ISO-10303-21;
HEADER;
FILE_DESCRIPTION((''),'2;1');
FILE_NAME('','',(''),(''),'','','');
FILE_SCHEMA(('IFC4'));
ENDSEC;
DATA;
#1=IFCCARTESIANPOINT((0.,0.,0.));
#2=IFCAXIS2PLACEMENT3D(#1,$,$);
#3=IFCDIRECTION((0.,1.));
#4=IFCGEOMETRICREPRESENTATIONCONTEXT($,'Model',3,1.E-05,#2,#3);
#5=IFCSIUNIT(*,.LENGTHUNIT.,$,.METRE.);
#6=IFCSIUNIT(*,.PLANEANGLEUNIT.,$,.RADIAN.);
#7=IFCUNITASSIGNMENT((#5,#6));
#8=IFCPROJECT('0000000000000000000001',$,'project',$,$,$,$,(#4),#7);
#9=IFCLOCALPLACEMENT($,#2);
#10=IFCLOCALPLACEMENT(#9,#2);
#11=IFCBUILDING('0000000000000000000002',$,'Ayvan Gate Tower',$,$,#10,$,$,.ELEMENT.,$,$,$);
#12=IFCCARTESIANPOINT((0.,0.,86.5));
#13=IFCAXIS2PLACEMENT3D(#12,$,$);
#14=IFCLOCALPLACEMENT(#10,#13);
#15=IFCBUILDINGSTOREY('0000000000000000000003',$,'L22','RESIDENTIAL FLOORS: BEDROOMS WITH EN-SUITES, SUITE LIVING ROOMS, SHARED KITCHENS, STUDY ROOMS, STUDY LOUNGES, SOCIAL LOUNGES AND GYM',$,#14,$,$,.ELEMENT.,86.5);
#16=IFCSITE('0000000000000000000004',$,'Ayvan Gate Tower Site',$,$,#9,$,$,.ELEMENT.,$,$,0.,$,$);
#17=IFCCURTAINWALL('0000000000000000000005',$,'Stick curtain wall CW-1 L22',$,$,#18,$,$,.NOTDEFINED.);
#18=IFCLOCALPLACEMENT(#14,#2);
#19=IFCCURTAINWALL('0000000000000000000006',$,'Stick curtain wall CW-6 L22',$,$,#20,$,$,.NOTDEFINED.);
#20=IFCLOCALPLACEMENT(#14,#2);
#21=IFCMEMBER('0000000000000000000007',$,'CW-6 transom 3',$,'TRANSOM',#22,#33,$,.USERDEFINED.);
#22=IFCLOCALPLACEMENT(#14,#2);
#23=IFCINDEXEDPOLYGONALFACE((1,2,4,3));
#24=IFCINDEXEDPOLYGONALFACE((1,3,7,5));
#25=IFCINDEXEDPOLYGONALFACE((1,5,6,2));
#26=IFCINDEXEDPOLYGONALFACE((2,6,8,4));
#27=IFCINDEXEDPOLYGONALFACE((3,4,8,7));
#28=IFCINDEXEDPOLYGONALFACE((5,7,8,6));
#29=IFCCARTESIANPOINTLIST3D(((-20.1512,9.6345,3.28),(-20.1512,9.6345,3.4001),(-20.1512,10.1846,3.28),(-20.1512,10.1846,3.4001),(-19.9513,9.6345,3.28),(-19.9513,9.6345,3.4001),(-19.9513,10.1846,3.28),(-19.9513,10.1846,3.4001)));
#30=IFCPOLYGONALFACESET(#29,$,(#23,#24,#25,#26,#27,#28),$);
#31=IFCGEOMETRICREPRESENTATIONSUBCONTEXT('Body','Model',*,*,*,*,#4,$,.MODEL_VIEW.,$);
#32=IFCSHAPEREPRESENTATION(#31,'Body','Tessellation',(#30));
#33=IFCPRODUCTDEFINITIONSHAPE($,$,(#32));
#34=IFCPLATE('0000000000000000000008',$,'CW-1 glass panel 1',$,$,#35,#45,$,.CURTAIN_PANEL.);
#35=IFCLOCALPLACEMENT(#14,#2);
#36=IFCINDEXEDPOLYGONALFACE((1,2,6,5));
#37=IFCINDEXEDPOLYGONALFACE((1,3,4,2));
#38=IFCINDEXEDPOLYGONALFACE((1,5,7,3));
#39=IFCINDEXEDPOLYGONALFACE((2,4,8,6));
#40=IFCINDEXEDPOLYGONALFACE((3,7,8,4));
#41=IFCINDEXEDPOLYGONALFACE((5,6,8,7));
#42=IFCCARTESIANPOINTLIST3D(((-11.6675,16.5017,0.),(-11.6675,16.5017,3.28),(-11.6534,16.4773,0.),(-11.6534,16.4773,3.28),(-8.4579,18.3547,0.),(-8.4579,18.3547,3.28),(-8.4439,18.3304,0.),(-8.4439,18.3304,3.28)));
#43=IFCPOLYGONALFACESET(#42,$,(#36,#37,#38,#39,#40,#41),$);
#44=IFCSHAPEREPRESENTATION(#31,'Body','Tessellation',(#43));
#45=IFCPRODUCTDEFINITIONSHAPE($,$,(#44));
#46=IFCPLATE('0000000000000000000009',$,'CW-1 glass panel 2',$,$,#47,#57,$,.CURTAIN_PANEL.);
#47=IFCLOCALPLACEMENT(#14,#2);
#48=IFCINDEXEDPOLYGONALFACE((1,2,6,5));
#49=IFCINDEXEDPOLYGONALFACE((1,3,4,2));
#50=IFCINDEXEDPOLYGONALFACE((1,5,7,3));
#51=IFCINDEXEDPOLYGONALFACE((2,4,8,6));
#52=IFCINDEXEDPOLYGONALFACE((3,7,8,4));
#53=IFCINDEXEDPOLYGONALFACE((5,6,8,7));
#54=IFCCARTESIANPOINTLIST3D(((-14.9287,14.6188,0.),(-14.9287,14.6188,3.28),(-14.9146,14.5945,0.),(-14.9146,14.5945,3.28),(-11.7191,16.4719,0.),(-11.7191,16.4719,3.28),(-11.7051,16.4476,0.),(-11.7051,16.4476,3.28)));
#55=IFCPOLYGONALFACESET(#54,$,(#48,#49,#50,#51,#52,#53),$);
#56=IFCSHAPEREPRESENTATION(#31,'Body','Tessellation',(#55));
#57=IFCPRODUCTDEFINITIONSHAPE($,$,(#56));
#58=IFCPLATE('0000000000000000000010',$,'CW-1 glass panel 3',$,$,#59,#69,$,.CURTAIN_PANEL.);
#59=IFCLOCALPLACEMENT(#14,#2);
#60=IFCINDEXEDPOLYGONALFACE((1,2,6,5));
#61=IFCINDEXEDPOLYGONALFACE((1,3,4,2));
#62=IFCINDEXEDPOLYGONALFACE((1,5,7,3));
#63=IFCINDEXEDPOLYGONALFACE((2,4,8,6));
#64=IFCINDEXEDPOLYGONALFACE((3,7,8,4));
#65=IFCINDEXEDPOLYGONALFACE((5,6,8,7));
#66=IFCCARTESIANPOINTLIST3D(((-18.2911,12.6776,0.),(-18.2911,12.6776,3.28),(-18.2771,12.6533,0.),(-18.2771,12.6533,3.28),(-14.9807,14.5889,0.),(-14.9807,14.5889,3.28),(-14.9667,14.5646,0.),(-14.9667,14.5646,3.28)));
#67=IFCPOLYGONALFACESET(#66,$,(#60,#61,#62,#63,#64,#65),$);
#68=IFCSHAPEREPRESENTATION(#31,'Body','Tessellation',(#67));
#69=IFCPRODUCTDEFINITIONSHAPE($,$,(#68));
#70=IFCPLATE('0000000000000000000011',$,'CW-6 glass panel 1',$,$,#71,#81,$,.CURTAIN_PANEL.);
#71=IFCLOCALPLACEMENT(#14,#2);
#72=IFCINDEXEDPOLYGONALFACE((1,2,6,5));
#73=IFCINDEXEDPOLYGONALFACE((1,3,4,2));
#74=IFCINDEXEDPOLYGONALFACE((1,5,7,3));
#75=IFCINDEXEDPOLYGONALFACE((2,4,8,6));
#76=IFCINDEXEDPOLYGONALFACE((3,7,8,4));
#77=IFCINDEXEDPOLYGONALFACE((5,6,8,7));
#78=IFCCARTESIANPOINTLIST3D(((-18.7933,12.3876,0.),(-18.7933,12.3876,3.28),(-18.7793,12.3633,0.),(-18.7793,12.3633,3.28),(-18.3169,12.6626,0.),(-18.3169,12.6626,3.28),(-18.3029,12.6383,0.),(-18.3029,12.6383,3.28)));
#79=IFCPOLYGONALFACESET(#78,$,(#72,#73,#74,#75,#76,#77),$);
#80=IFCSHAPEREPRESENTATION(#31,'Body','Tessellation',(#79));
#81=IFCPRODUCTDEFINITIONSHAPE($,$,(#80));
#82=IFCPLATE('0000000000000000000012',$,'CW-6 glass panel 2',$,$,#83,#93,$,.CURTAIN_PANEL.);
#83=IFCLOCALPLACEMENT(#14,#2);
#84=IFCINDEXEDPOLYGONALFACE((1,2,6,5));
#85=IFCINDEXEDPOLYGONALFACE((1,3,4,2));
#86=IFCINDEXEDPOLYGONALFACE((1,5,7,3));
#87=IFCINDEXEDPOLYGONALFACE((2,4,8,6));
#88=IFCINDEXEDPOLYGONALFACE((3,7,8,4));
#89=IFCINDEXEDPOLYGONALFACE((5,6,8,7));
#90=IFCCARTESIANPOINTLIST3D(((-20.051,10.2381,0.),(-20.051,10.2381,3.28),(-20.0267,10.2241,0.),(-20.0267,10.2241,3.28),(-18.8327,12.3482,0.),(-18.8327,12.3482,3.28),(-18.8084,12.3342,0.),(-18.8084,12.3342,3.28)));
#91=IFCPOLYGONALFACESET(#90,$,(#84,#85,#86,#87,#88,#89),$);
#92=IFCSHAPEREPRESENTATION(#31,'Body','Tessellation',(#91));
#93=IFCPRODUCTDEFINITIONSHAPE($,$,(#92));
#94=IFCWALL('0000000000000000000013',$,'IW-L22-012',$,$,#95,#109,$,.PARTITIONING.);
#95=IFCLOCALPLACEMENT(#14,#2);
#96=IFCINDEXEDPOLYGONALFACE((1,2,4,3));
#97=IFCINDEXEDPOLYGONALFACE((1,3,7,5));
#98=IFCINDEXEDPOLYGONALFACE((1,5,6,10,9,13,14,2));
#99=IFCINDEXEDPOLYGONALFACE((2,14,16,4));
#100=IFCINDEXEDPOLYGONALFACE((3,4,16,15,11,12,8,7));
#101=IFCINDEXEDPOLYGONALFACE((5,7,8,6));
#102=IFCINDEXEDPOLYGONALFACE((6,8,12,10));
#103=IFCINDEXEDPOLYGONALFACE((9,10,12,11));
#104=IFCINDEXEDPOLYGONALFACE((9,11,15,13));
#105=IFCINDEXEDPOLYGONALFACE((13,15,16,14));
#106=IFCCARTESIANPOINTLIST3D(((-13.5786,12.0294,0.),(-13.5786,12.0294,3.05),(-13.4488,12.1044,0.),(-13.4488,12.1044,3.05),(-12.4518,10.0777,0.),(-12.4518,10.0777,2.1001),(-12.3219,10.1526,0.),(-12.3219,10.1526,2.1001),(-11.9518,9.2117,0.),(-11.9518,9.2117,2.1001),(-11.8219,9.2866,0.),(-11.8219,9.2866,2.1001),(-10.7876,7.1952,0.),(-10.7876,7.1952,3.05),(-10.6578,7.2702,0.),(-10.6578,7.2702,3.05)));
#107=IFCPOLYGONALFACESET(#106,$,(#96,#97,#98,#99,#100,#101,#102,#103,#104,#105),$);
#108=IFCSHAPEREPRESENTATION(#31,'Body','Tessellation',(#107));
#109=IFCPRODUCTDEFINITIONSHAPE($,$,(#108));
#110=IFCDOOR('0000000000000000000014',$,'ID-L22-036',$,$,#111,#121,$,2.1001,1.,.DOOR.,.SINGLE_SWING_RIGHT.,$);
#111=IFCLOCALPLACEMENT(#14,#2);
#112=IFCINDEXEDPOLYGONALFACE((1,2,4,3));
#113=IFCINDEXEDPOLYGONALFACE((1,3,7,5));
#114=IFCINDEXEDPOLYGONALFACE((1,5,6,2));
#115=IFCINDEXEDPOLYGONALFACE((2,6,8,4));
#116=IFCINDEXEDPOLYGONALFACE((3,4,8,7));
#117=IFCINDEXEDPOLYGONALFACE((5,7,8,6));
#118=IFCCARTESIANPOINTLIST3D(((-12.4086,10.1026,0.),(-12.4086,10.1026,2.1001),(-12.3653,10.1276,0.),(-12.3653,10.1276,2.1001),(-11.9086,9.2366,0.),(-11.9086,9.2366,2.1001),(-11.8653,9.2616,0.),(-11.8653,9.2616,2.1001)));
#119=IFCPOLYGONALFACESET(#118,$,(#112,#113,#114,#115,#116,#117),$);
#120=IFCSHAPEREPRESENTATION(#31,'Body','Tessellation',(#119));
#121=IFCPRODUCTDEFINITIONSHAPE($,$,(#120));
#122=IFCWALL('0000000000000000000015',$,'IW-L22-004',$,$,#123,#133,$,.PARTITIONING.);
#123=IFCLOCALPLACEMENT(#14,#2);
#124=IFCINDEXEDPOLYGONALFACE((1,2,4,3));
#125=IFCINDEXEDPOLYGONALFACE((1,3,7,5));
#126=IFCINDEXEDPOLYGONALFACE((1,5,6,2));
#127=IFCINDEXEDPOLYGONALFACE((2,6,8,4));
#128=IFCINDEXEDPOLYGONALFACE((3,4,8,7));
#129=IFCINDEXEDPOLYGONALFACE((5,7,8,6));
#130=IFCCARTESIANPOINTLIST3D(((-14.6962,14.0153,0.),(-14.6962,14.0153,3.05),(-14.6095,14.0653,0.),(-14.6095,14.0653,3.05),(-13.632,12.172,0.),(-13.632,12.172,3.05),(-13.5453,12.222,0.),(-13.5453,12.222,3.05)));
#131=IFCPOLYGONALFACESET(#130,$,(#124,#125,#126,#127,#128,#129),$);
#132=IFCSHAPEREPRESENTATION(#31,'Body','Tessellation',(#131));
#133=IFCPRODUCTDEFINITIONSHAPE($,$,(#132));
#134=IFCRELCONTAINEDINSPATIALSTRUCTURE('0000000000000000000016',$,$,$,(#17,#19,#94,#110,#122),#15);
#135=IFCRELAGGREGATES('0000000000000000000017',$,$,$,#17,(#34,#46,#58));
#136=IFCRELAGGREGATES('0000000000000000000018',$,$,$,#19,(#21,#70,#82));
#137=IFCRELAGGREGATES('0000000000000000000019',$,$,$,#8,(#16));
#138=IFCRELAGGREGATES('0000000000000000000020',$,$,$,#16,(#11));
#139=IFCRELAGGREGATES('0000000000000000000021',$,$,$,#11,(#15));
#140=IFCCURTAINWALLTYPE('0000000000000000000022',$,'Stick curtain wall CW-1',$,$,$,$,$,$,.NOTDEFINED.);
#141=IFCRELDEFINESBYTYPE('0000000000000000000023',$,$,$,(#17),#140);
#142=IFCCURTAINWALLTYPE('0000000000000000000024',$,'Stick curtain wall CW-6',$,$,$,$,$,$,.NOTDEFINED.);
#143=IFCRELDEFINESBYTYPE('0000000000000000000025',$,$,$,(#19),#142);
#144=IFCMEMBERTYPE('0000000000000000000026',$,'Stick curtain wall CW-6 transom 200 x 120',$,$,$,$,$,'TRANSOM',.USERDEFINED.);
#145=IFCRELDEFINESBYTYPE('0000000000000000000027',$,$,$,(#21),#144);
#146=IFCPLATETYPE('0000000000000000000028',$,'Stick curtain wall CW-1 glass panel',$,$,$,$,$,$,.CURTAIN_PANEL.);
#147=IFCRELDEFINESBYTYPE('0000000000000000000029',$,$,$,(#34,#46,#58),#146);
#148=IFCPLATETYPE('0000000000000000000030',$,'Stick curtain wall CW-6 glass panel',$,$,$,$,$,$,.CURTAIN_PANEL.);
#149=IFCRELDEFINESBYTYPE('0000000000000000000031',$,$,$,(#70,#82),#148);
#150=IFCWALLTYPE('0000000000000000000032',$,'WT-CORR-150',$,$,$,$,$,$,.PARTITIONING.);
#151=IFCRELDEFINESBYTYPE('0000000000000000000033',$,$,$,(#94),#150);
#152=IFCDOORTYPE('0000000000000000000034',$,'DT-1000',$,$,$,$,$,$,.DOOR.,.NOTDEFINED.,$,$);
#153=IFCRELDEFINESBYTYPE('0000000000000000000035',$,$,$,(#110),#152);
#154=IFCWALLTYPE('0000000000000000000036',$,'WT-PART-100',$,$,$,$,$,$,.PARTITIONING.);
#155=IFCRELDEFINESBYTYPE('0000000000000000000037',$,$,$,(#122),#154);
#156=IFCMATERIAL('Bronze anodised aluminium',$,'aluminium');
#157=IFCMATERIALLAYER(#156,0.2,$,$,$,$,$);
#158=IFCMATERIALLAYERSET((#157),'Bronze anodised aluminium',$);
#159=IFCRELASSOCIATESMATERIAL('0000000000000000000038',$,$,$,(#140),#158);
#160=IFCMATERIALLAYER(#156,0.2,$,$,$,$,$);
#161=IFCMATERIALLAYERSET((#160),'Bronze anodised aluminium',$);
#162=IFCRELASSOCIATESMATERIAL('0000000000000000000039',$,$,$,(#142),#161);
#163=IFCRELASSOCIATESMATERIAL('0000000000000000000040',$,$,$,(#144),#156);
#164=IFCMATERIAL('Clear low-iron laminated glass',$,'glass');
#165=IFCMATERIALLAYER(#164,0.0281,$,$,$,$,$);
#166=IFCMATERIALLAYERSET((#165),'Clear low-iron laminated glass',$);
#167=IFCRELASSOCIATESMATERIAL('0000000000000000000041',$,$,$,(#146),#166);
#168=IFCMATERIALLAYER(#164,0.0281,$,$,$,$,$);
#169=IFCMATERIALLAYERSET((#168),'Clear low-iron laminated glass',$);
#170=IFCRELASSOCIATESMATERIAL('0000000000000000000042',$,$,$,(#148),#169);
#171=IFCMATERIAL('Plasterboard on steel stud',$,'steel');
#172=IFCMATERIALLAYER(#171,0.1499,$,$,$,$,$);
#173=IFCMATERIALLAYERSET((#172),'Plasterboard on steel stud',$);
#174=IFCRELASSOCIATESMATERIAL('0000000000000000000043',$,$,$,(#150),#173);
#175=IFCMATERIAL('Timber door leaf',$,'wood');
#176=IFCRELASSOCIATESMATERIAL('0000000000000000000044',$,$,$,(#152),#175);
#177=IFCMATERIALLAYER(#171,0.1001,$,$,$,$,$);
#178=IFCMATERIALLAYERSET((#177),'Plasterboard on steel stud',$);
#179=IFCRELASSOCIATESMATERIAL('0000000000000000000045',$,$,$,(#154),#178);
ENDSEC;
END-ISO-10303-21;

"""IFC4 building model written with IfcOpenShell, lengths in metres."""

from ifc_helpers import new_model, si_unit, direction, frame, frame_2d, origin, origin_2d, place, context, subcontext, project, spatial, rectangle, extrude, material, layer, layer_set, material_profile, profile_set, type_object, element, fill, aggregate, save


model = new_model("IFC4")

# Units and contexts
model_context = context("Model", 3, precision=1e-05, world=origin(), true_north=direction((0.0, 1.0)))
body_context = subcontext(model_context, "Body", "Model", "MODEL_VIEW")
ifc_project = project(units=[si_unit("LENGTHUNIT", "METRE"), si_unit("PLANEANGLEUNIT", "RADIAN")], contexts=[model_context])

# Site, building, storey
site_placement = place(None, origin())
site = spatial("IfcSite", under=ifc_project, at=site_placement, Name="Ayvan Gate Tower Site", CompositionType="ELEMENT", RefElevation=0.0)
building_placement = place(site_placement, origin())
building = spatial("IfcBuilding", under=site, at=building_placement, Name="Ayvan Gate Tower", CompositionType="ELEMENT")
storey_placement = place(building_placement, frame((0.0, 0.0, 86.5)))
storey = spatial("IfcBuildingStorey", under=building, at=storey_placement, Name="L22", Description="RESIDENTIAL FLOORS: BEDROOMS WITH EN-SUITES, SUITE LIVING ROOMS, SHARED KITCHENS, STUDY ROOMS, STUDY LOUNGES, SOCIAL LOUNGES AND GYM", CompositionType="ELEMENT", Elevation=86.5)

# Curtain walls, member
ifc_material_1 = material(Name="Bronze anodised aluminium", Category="aluminium")
ifc_layer_1 = layer(ifc_material_1, 0.2)
ifc_layer_set_1 = layer_set([ifc_layer_1], Name="Bronze anodised aluminium")
curtain_wall_type_1 = type_object("IfcCurtainWallType", Name="Stick curtain wall CW-1", PredefinedType="NOTDEFINED", material=ifc_layer_set_1)
curtain_wall_1_placement = place(storey_placement, origin())
curtain_wall_1 = element("IfcCurtainWall", 1, at=curtain_wall_1_placement, inside=storey, type_object=curtain_wall_type_1, Name="Stick curtain wall CW-1 L22", PredefinedType="NOTDEFINED")
ifc_layer_2 = layer(ifc_material_1, 0.2)
ifc_layer_set_2 = layer_set([ifc_layer_2], Name="Bronze anodised aluminium")
curtain_wall_type_2 = type_object("IfcCurtainWallType", Name="Stick curtain wall CW-6", PredefinedType="NOTDEFINED", material=ifc_layer_set_2)
curtain_wall_2_placement = place(storey_placement, origin())
curtain_wall_2 = element("IfcCurtainWall", 2, at=curtain_wall_2_placement, inside=storey, type_object=curtain_wall_type_2, Name="Stick curtain wall CW-6 L22", PredefinedType="NOTDEFINED")
ifc_material_profile_1 = material_profile(ifc_material_1, rectangle(XDim=0.2, YDim=0.1201, at=origin_2d()), Name="Stick curtain wall CW-6 transom 200 x 120")
ifc_profile_set_1 = profile_set([ifc_material_profile_1], Name="Bronze anodised aluminium")
member_type_1 = type_object("IfcMemberType", Name="Stick curtain wall CW-6 transom 200 x 120", ElementType="TRANSOM", PredefinedType="USERDEFINED", material=ifc_profile_set_1)
member_1_placement = place(storey_placement, frame((-20.0513, 10.1846, 3.3401), z_axis=(0.0, -1.0, 0.0), x_axis=(1.0, 0.0, 0.0)))
member_1 = element("IfcMember", 3, at=member_1_placement, type_object=member_type_1, Name="CW-6 transom 3", ObjectType="TRANSOM", PredefinedType="USERDEFINED", context=body_context, shape_type="SweptSolid", body=[
    extrude(rectangle(XDim=0.2, YDim=0.1201, at=origin_2d()), origin(), (0.0, 0.0, 1.0), 0.55),
])

# Plates
ifc_material_2 = material(Name="Clear low-iron laminated glass", Category="glass")
ifc_layer_3 = layer(ifc_material_2, 0.0281)
ifc_layer_set_3 = layer_set([ifc_layer_3], Name="Clear low-iron laminated glass")
plate_type_1 = type_object("IfcPlateType", Name="Stick curtain wall CW-1 glass panel", PredefinedType="CURTAIN_PANEL", material=ifc_layer_set_3)
plate_1_placement = place(storey_placement, frame((-10.0557, 17.416, 0.0), z_axis=(0.0, 0.0, 1.0), x_axis=(-0.866025, -0.5, 0.0)))
plate_1 = element("IfcPlate", 4, at=plate_1_placement, type_object=plate_type_1, Name="CW-1 glass panel 1", PredefinedType="CURTAIN_PANEL", context=body_context, shape_type="SweptSolid", body=[
    extrude(rectangle(XDim=3.7061, YDim=0.0281, at=origin_2d()), origin(), (0.0, 0.0, 1.0), 3.28),
])
plate_2_placement = place(storey_placement, frame((-13.3169, 15.5332, 0.0), z_axis=(0.0, 0.0, 1.0), x_axis=(-0.866025, -0.5, 0.0)))
plate_2 = element("IfcPlate", 5, at=plate_2_placement, type_object=plate_type_1, Name="CW-1 glass panel 2", PredefinedType="CURTAIN_PANEL", context=body_context, shape_type="SweptSolid", body=[
    extrude(rectangle(XDim=3.7061, YDim=0.0281, at=origin_2d()), origin(), (0.0, 0.0, 1.0), 3.28),
])
plate_3_placement = place(storey_placement, frame((-16.6289, 13.6211, 0.0), z_axis=(0.0, 0.0, 1.0), x_axis=(-0.866025, -0.5, 0.0)))
plate_3 = element("IfcPlate", 6, at=plate_3_placement, type_object=plate_type_1, Name="CW-1 glass panel 3", PredefinedType="CURTAIN_PANEL", context=body_context, shape_type="SweptSolid", body=[
    extrude(rectangle(XDim=3.8225, YDim=0.0281, at=origin_2d()), origin(), (0.0, 0.0, 1.0), 3.28),
])
aggregate(curtain_wall_1, [plate_1, plate_2, plate_3])
ifc_layer_4 = layer(ifc_material_2, 0.0281)
ifc_layer_set_4 = layer_set([ifc_layer_4], Name="Clear low-iron laminated glass")
plate_type_2 = type_object("IfcPlateType", Name="Stick curtain wall CW-6 glass panel", PredefinedType="CURTAIN_PANEL", material=ifc_layer_set_4)
plate_4_placement = place(storey_placement, frame((-18.5481, 12.5129, 0.0), z_axis=(0.0, 0.0, 1.0), x_axis=(-0.866025, -0.5, 0.0)))
plate_4 = element("IfcPlate", 7, at=plate_4_placement, type_object=plate_type_2, Name="CW-6 glass panel 1", PredefinedType="CURTAIN_PANEL", context=body_context, shape_type="SweptSolid", body=[
    extrude(rectangle(XDim=0.55, YDim=0.0281, at=origin_2d()), origin(), (0.0, 0.0, 1.0), 3.28),
])
plate_5_placement = place(storey_placement, frame((-19.4297, 11.2861, 0.0), z_axis=(0.0, 0.0, 1.0), x_axis=(-0.5, -0.866025, 0.0)))
plate_5 = element("IfcPlate", 8, at=plate_5_placement, type_object=plate_type_2, Name="CW-6 glass panel 2", PredefinedType="CURTAIN_PANEL", context=body_context, shape_type="SweptSolid", body=[
    extrude(rectangle(XDim=2.4365, YDim=0.0281, at=origin_2d()), origin(), (0.0, 0.0, 1.0), 3.28),
])
aggregate(curtain_wall_2, [member_1, plate_4, plate_5])

# Wall, opening, door
ifc_material_3 = material(Name="Plasterboard on steel stud", Category="steel")
ifc_layer_5 = layer(ifc_material_3, 0.1499)
ifc_layer_set_5 = layer_set([ifc_layer_5], Name="Plasterboard on steel stud")
wall_type_1 = type_object("IfcWallType", Name="WT-CORR-150", PredefinedType="PARTITIONING", material=ifc_layer_set_5)
wall_1_placement = place(storey_placement, frame((-13.5137, 12.0669, 0.0), z_axis=(0.0, 0.0, 1.0), x_axis=(0.499996, -0.866028, 0.0)))
wall_1 = element("IfcWall", 9, at=wall_1_placement, inside=storey, type_object=wall_type_1, Name="IW-L22-012", PredefinedType="PARTITIONING", context=body_context, shape_type="SweptSolid", body=[
    extrude(rectangle(XDim=5.582, YDim=0.1499, at=frame_2d((2.791, 0.0))), origin(), (0.0, 0.0, 1.0), 3.05),
])
opening_placement = place(wall_1_placement, frame((2.2537, 0.0, 0.0)))
opening = element("IfcOpeningElement", 10, at=opening_placement, cuts=wall_1, PredefinedType="OPENING", context=body_context, shape_type="SweptSolid", body=[
    extrude(rectangle(XDim=1.0, YDim=2.1001, at=frame_2d((0.5, 1.05))), frame((0.0, 0.085, 0.0), z_axis=(0.0, -1.0, 0.0), x_axis=(1.0, 0.0, 0.0)), (0.0, 0.0, 1.0), 0.1699),
])
ifc_material_4 = material(Name="Timber door leaf", Category="wood")
door_type = type_object("IfcDoorType", Name="DT-1000", OperationType="NOTDEFINED", PredefinedType="DOOR", material=ifc_material_4)
door_placement = place(opening_placement, origin())
door = element("IfcDoor", 11, at=door_placement, inside=storey, type_object=door_type, Name="ID-L22-036", OperationType="SINGLE_SWING_RIGHT", OverallHeight=2.1001, OverallWidth=1.0, PredefinedType="DOOR", context=body_context, shape_type="SweptSolid", body=[
    extrude(rectangle(XDim=1.0, YDim=2.1001, at=frame_2d((0.5, 1.05))), frame((0.0, 0.0249, 0.0), z_axis=(0.0, -1.0, 0.0), x_axis=(1.0, 0.0, 0.0)), (0.0, 0.0, 1.0), 0.05),
])
fill(opening, door)

# Wall
ifc_layer_6 = layer(ifc_material_3, 0.1001)
ifc_layer_set_6 = layer_set([ifc_layer_6], Name="Plasterboard on steel stud")
wall_type_2 = type_object("IfcWallType", Name="WT-PART-100", PredefinedType="PARTITIONING", material=ifc_layer_set_6)
wall_2_placement = place(storey_placement, frame((-14.6528, 14.0403, 0.0), z_axis=(0.0, 0.0, 1.0), x_axis=(0.5, -0.866025, 0.0)))
element("IfcWall", 12, at=wall_2_placement, inside=storey, type_object=wall_type_2, Name="IW-L22-004", PredefinedType="PARTITIONING", context=body_context, shape_type="SweptSolid", body=[
    extrude(rectangle(XDim=2.1284, YDim=0.1001, at=frame_2d((1.0642, 0.0))), origin(), (0.0, 0.0, 1.0), 3.05),
])

save(model, "model.ifc")
